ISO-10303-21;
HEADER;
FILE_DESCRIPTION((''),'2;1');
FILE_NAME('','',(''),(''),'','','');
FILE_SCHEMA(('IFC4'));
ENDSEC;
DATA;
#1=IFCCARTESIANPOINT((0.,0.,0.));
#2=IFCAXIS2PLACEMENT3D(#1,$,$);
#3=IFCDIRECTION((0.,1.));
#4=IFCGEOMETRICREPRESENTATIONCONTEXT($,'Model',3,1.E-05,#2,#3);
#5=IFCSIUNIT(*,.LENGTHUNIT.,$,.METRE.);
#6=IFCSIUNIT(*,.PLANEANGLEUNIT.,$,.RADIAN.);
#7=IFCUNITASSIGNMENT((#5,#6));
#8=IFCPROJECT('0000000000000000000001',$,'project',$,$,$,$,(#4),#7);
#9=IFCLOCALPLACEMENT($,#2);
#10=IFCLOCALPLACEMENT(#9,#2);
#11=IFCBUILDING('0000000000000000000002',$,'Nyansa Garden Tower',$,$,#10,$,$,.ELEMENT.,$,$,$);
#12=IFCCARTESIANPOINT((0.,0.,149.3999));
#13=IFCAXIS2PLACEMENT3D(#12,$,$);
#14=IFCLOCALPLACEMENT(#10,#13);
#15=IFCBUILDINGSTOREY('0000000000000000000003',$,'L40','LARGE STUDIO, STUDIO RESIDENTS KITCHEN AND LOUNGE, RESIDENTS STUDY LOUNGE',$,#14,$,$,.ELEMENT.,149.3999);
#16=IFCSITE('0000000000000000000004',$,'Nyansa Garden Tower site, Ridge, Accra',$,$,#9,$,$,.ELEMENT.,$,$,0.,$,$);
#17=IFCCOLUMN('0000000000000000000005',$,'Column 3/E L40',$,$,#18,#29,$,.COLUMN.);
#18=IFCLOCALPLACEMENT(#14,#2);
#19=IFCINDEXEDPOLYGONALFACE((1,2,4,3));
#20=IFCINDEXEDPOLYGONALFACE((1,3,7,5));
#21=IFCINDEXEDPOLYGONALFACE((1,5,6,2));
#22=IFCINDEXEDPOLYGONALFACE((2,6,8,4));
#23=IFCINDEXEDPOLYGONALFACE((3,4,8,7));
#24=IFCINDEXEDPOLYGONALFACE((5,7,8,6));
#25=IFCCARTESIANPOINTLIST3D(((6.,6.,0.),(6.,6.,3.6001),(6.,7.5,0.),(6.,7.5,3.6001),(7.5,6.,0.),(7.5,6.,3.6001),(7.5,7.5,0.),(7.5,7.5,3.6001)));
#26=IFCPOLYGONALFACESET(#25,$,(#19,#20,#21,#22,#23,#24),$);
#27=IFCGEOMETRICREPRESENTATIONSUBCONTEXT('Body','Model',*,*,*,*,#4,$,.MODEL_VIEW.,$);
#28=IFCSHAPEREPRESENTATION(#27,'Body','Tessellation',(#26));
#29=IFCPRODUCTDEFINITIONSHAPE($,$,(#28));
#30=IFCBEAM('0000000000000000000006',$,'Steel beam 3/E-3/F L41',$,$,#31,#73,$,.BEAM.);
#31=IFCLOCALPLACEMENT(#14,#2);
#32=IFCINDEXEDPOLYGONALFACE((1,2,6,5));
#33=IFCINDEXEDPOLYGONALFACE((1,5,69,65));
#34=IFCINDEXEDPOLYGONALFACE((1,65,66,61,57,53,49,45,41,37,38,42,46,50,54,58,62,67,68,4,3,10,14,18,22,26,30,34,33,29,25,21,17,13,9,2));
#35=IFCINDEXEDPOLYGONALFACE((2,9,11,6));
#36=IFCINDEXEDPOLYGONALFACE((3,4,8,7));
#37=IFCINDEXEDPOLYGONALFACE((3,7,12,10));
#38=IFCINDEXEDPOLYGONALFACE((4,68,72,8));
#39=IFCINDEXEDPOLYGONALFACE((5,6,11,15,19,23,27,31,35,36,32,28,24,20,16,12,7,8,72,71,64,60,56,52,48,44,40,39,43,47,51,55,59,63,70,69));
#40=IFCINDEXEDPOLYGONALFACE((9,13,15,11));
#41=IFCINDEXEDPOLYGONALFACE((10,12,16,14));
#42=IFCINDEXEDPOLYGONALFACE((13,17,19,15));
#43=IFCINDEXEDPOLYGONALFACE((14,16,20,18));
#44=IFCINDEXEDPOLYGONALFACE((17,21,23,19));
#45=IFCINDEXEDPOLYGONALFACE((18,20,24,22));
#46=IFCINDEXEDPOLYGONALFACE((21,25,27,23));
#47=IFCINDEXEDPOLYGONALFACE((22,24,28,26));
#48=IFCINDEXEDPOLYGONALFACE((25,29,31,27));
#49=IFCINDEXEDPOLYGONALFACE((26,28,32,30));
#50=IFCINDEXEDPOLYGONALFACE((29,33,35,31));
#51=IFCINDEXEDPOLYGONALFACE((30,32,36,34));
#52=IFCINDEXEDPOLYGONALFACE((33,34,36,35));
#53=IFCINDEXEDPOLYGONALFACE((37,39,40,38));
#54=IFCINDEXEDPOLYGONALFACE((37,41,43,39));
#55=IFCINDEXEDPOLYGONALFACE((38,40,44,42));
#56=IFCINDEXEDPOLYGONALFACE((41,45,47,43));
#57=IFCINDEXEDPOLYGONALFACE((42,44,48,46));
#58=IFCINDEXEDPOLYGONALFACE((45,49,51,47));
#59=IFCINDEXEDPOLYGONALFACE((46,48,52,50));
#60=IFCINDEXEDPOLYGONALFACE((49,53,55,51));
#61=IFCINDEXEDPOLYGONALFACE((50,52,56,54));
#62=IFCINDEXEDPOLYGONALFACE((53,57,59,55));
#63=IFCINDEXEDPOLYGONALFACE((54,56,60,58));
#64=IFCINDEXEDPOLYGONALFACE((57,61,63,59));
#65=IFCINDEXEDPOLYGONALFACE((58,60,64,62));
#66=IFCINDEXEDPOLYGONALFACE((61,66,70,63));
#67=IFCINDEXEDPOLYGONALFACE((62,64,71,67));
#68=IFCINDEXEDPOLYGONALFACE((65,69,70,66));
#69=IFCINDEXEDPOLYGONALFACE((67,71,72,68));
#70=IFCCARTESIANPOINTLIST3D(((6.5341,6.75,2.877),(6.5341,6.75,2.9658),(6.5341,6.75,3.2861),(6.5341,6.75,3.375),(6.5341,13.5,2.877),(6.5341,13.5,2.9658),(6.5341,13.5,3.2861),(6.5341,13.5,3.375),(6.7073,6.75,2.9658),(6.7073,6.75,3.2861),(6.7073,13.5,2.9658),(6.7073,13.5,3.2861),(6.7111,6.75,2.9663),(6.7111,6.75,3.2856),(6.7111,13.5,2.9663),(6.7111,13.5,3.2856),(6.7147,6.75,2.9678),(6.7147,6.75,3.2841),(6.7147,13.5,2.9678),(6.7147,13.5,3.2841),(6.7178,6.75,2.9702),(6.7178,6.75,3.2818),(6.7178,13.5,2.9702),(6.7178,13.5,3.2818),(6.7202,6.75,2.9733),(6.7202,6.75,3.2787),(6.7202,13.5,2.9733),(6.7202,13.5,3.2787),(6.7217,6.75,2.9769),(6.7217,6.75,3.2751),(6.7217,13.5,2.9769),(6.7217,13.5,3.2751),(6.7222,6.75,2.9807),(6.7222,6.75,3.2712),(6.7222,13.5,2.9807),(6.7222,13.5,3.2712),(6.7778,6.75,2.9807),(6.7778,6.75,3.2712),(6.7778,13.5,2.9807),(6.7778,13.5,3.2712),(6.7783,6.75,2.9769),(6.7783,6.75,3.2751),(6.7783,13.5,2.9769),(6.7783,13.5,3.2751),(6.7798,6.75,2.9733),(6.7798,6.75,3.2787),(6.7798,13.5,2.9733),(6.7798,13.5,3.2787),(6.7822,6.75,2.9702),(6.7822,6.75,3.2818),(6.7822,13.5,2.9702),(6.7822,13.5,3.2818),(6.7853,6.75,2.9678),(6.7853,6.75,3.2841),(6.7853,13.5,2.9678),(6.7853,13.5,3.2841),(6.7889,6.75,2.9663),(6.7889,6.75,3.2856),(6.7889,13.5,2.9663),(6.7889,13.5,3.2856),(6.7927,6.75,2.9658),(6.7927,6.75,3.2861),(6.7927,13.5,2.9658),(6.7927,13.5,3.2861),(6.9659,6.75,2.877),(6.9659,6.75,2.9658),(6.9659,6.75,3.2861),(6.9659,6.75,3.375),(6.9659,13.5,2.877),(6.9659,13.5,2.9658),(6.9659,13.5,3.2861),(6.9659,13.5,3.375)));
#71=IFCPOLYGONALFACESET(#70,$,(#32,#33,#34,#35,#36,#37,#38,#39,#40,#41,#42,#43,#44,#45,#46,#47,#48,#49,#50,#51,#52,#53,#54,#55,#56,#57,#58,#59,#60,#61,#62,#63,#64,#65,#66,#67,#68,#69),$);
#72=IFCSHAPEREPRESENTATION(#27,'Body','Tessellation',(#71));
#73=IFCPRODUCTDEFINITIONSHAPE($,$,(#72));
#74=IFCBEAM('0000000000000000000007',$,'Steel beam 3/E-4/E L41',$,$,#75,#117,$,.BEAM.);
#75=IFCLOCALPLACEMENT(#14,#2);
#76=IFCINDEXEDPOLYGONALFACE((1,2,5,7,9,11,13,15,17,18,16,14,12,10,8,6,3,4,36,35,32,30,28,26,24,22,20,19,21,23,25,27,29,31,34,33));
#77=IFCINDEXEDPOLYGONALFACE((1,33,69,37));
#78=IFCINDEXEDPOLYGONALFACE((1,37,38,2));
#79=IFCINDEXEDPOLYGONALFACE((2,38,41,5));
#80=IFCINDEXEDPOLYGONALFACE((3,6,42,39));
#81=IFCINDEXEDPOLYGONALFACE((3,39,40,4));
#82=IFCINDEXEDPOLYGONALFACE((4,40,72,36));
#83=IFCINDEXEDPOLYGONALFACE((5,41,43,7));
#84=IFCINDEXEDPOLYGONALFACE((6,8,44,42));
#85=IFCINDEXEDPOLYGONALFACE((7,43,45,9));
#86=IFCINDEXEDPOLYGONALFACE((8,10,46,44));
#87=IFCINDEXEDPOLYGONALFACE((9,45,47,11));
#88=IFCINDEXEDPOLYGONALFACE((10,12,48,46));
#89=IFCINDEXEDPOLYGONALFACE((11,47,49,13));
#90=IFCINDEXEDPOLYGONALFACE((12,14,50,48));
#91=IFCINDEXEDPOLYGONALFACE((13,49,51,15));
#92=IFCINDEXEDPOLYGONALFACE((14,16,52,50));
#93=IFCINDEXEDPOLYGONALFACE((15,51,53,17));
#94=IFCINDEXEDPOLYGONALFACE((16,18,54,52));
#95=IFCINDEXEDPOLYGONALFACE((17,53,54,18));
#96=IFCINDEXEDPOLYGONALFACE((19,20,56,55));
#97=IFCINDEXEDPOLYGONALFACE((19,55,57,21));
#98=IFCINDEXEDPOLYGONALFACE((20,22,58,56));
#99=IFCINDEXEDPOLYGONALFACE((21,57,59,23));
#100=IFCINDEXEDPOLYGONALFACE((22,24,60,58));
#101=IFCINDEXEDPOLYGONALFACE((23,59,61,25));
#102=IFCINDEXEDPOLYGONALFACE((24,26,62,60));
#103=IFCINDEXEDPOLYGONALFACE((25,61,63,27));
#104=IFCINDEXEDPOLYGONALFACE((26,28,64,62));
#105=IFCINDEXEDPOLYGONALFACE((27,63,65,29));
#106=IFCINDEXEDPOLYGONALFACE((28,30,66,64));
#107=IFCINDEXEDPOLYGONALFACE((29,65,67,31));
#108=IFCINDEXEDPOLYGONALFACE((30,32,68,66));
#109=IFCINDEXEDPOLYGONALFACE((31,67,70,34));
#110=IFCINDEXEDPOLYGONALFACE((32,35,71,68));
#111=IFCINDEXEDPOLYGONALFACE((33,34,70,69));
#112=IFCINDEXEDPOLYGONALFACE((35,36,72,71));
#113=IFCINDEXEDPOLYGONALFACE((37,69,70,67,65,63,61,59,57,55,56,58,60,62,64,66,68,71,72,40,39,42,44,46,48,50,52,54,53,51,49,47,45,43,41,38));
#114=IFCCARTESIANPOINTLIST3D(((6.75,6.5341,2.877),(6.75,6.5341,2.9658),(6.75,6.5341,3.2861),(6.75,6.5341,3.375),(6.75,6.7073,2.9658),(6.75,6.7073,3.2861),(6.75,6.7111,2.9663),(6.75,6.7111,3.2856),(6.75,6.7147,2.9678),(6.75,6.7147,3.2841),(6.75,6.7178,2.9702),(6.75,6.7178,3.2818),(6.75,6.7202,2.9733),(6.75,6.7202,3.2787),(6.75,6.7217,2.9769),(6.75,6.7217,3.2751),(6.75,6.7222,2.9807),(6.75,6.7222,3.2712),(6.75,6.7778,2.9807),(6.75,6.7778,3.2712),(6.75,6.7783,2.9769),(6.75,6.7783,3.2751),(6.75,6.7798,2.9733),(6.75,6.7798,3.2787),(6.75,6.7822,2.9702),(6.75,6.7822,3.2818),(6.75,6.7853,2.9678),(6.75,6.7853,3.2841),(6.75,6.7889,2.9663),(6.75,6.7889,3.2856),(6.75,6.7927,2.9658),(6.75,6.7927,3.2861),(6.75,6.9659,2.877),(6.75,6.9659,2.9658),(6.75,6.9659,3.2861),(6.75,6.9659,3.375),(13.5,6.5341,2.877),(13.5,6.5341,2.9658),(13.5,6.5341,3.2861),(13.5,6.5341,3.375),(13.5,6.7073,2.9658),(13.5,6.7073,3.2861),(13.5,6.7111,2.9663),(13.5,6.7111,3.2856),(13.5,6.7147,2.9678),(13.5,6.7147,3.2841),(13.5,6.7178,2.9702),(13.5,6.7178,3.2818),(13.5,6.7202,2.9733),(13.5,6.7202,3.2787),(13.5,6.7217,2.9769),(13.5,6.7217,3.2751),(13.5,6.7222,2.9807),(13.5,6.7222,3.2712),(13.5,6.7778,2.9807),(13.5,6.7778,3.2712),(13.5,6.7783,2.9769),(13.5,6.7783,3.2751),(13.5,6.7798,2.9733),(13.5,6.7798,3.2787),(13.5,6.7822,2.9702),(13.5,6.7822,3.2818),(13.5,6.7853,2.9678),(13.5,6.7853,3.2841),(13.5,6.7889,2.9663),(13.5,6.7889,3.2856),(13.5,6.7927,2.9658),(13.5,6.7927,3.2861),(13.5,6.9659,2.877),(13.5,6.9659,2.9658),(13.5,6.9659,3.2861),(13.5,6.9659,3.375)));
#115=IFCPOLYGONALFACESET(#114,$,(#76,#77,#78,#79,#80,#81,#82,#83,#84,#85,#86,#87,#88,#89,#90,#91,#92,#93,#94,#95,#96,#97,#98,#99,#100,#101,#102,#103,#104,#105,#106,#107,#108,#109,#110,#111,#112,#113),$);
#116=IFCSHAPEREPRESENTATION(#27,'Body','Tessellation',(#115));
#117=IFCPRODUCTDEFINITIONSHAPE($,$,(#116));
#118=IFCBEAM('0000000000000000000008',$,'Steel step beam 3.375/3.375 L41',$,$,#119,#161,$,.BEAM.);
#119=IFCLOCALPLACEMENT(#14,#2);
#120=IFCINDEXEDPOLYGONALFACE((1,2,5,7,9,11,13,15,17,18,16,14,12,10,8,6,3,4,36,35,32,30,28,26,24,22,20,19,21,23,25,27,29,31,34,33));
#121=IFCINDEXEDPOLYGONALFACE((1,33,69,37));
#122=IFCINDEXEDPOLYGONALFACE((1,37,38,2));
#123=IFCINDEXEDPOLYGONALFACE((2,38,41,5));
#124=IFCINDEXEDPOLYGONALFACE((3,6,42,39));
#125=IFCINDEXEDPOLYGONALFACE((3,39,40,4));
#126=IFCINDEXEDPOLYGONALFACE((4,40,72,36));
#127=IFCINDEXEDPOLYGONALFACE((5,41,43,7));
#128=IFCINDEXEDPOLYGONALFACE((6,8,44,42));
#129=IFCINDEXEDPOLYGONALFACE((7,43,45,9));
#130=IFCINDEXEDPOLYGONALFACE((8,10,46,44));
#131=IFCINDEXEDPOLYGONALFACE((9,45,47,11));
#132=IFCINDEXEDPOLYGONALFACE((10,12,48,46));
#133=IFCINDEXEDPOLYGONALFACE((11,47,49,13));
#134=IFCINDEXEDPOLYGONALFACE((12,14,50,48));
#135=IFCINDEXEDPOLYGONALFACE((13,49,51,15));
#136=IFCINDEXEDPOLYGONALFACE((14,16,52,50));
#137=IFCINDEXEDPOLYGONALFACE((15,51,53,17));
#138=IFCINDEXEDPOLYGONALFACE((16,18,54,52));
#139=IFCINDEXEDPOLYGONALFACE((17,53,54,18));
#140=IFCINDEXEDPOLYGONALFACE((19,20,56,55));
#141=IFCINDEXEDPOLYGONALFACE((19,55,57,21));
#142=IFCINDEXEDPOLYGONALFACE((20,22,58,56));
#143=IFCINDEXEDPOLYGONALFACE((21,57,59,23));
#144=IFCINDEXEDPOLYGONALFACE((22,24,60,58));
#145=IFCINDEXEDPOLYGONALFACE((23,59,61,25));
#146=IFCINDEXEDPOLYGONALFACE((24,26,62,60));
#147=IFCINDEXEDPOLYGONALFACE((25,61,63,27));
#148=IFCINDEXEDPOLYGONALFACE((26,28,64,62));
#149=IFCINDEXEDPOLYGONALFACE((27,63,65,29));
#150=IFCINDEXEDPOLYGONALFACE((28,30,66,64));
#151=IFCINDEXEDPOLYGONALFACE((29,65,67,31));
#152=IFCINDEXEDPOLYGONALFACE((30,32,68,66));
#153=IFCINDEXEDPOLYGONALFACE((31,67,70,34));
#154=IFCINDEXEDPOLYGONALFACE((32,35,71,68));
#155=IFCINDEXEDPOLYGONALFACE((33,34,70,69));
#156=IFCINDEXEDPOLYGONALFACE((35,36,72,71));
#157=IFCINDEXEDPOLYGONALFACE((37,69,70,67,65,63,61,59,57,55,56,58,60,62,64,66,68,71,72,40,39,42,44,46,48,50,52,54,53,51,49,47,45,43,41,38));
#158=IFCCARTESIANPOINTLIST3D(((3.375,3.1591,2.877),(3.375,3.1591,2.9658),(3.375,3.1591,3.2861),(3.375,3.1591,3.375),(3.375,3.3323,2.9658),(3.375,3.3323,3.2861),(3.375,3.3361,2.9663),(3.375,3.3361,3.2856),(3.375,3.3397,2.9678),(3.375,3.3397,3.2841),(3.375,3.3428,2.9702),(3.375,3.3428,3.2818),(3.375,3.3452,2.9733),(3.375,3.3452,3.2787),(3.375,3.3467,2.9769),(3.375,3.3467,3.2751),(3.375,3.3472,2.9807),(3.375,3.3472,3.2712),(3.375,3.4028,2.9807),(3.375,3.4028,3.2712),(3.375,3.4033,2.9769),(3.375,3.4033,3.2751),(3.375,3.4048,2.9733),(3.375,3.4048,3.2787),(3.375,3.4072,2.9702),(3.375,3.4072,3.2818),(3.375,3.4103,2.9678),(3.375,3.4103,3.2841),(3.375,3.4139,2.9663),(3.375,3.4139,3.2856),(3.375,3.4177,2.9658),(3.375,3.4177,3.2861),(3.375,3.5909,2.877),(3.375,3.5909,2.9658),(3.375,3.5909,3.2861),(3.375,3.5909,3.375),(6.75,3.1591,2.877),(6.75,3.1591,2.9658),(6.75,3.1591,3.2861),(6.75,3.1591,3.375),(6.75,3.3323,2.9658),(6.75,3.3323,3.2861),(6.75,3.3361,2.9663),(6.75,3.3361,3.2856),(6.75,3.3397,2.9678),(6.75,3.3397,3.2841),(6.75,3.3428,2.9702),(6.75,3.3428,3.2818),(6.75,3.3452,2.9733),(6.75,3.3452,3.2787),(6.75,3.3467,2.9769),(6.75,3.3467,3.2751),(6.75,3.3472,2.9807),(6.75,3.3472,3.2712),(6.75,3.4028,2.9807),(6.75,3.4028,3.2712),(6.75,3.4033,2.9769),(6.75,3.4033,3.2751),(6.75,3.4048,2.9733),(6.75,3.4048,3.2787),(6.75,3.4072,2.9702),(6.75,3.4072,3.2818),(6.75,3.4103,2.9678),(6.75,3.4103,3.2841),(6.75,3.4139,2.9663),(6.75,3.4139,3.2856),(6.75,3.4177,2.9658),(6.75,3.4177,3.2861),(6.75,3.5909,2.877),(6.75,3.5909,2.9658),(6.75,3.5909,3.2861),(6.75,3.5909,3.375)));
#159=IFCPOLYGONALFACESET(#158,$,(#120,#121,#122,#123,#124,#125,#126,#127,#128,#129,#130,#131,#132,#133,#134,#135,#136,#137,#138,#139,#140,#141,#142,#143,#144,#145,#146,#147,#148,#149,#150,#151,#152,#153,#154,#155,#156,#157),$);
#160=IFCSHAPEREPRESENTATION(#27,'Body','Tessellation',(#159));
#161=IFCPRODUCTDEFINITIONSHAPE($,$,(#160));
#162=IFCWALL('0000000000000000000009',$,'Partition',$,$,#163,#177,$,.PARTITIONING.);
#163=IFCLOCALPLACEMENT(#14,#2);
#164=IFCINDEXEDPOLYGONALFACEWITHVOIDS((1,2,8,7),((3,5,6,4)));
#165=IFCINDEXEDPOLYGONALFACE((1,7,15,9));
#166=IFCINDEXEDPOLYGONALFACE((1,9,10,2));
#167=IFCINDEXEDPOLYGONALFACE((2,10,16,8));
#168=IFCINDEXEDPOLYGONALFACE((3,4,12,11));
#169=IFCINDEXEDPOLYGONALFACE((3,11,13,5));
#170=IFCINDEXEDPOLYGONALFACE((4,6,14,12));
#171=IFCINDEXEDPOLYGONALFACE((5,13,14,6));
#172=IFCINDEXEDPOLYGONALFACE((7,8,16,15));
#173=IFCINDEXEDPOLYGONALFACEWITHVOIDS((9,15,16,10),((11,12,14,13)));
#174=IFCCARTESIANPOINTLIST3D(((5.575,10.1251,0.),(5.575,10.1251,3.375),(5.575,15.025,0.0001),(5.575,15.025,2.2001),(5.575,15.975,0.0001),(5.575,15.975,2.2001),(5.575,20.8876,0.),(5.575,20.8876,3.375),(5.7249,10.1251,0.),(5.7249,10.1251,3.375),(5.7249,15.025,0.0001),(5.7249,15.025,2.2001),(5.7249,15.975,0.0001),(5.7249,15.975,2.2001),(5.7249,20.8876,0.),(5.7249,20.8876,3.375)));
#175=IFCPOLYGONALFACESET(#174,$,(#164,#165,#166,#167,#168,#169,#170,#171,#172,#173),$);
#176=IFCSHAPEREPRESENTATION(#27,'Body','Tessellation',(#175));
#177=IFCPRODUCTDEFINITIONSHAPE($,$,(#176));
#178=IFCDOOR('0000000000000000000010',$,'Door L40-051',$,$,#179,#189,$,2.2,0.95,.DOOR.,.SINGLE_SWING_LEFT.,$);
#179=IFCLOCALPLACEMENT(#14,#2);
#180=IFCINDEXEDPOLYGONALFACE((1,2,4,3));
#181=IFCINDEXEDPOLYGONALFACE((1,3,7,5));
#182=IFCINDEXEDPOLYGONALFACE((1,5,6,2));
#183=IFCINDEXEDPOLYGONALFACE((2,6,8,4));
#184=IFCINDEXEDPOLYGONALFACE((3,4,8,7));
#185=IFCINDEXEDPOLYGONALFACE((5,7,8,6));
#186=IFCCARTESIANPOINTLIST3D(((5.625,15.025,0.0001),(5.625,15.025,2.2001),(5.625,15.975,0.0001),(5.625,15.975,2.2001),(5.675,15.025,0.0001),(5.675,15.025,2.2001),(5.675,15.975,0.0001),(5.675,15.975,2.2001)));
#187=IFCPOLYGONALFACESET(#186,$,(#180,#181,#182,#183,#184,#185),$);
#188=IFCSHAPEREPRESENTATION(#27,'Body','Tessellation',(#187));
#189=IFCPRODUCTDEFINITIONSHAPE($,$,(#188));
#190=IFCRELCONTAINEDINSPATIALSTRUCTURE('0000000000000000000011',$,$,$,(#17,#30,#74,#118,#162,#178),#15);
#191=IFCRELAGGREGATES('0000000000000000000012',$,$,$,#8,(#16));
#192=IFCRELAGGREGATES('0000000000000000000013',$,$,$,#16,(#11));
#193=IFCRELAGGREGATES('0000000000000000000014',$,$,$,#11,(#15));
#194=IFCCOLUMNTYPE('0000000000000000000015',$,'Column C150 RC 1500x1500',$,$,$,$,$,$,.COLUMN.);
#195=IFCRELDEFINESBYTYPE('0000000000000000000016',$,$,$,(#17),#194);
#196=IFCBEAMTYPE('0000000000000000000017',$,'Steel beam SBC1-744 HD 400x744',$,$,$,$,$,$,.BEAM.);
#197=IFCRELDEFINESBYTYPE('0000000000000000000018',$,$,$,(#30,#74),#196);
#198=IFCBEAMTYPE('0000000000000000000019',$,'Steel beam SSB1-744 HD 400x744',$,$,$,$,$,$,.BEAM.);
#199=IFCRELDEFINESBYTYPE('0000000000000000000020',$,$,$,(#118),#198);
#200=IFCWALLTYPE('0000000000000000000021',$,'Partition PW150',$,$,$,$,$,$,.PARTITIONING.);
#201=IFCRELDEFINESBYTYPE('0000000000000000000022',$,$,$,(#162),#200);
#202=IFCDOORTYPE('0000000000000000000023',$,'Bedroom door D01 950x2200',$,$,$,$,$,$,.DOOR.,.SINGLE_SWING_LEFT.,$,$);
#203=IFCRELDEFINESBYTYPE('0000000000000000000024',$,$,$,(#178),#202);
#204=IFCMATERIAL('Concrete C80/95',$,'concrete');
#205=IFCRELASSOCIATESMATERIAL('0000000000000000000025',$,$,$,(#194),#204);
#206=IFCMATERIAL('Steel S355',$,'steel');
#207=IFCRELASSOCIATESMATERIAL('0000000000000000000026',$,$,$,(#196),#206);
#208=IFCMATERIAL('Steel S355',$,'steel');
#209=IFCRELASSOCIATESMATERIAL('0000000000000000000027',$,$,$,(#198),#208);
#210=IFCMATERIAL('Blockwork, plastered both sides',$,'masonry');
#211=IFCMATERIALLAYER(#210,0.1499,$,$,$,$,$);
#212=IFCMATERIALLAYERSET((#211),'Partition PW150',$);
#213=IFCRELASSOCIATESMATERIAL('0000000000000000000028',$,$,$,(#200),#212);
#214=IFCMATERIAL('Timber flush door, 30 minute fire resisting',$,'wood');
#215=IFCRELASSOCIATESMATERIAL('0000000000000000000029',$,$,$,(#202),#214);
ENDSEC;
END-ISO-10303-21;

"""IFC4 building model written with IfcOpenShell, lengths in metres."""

from ifc_helpers import new_model, si_unit, direction, frame, frame_2d, origin, origin_2d, place, context, subcontext, project, spatial, rectangle, i_section, extrude, material, layer, layer_set, material_profile, profile_set, type_object, element, fill, save


model = new_model("IFC4")

# Units and contexts
model_context = context("Model", 3, precision=1e-05, world=origin(), true_north=direction((0.0, 1.0)))
body_context = subcontext(model_context, "Body", "Model", "MODEL_VIEW")
ifc_project = project(units=[si_unit("LENGTHUNIT", "METRE"), si_unit("PLANEANGLEUNIT", "RADIAN")], contexts=[model_context])

# Site, building, storey
site_placement = place(None, origin())
site = spatial("IfcSite", under=ifc_project, at=site_placement, Name="Nyansa Garden Tower site, Ridge, Accra", CompositionType="ELEMENT", RefElevation=0.0)
building_placement = place(site_placement, origin())
building = spatial("IfcBuilding", under=site, at=building_placement, Name="Nyansa Garden Tower", CompositionType="ELEMENT")
storey_placement = place(building_placement, frame((0.0, 0.0, 149.3999)))
storey = spatial("IfcBuildingStorey", under=building, at=storey_placement, Name="L40", Description="LARGE STUDIO, STUDIO RESIDENTS KITCHEN AND LOUNGE, RESIDENTS STUDY LOUNGE", CompositionType="ELEMENT", Elevation=149.3999)

# Column
ifc_material_1 = material(Name="Concrete C80/95", Category="concrete")
ifc_material_profile_1 = material_profile(ifc_material_1, rectangle(XDim=1.5, YDim=1.5, at=origin_2d()), Name="RC 1500x1500")
ifc_profile_set_1 = profile_set([ifc_material_profile_1], Name="Concrete C80/95")
column_type = type_object("IfcColumnType", Name="Column C150 RC 1500x1500", PredefinedType="COLUMN", material=ifc_profile_set_1)
column_placement = place(storey_placement, frame((6.75, 6.75, 0.0), z_axis=(0.0, 0.0, 1.0), x_axis=(1.0, 0.0, 0.0)))
element("IfcColumn", 1, at=column_placement, inside=storey, type_object=column_type, Name="Column 3/E L40", PredefinedType="COLUMN", context=body_context, shape_type="SweptSolid", body=[
    extrude(rectangle(XDim=1.5, YDim=1.5, at=origin_2d()), origin(), (0.0, 0.0, 1.0), 3.6001),
])

# Beams
ifc_material_2 = material(Name="Steel S355", Category="steel")
ifc_material_profile_2 = material_profile(ifc_material_2, i_section(OverallWidth=0.4319, OverallDepth=0.498, WebThickness=0.0557, FlangeThickness=0.0889, FilletRadius=0.0149, at=origin_2d()), Name="HD 400x744")
ifc_profile_set_2 = profile_set([ifc_material_profile_2], Name="Steel S355")
beam_type_1 = type_object("IfcBeamType", Name="Steel beam SBC1-744 HD 400x744", PredefinedType="BEAM", material=ifc_profile_set_2)
for number, where, z_axis, x_axis, name in (
    (2, (6.75, 6.75, 3.126), (0.0, 1.0, 0.0), (-1.0, 0.0, 0.0), "Steel beam 3/E-3/F L41"),
    (3, (6.75, 6.75, 3.126), (1.0, 0.0, 0.0), (0.0, 1.0, 0.0), "Steel beam 3/E-4/E L41"),
):
    element("IfcBeam", number, at=place(storey_placement, frame(where, z_axis=z_axis, x_axis=x_axis)), inside=storey, type_object=beam_type_1, Name=name, PredefinedType="BEAM", context=body_context, shape_type="SweptSolid", body=[
        extrude(i_section(OverallWidth=0.4319, OverallDepth=0.498, WebThickness=0.0557, FlangeThickness=0.0889, FilletRadius=0.0149, at=origin_2d()), origin(), (0.0, 0.0, 1.0), 6.75),
    ])
ifc_material_3 = material(Name="Steel S355", Category="steel")
ifc_material_profile_3 = material_profile(ifc_material_3, i_section(OverallWidth=0.4319, OverallDepth=0.498, WebThickness=0.0557, FlangeThickness=0.0889, FilletRadius=0.0149, at=origin_2d()), Name="HD 400x744")
ifc_profile_set_3 = profile_set([ifc_material_profile_3], Name="Steel S355")
beam_type_2 = type_object("IfcBeamType", Name="Steel beam SSB1-744 HD 400x744", PredefinedType="BEAM", material=ifc_profile_set_3)
beam_placement = place(storey_placement, frame((3.375, 3.375, 3.126), z_axis=(1.0, 0.0, 0.0), x_axis=(0.0, 1.0, 0.0)))
element("IfcBeam", 4, at=beam_placement, inside=storey, type_object=beam_type_2, Name="Steel step beam 3.375/3.375 L41", PredefinedType="BEAM", context=body_context, shape_type="SweptSolid", body=[
    extrude(i_section(OverallWidth=0.4319, OverallDepth=0.498, WebThickness=0.0557, FlangeThickness=0.0889, FilletRadius=0.0149, at=origin_2d()), origin(), (0.0, 0.0, 1.0), 3.375),
])

# Wall, opening, door
ifc_material_4 = material(Name="Blockwork, plastered both sides", Category="masonry")
ifc_layer_1 = layer(ifc_material_4, 0.1499)
ifc_layer_set_1 = layer_set([ifc_layer_1], Name="Partition PW150")
wall_type_1 = type_object("IfcWallType", Name="Partition PW150", PredefinedType="PARTITIONING", material=ifc_layer_set_1)
wall_1_placement = place(storey_placement, frame((5.6499, 10.125, 0.0), z_axis=(0.0, 0.0, 1.0), x_axis=(0.0, 1.0, 0.0)))
wall_1 = element("IfcWall", 5, at=wall_1_placement, inside=storey, type_object=wall_type_1, Name="Partition", PredefinedType="PARTITIONING", context=body_context, shape_type="SweptSolid", body=[
    extrude(rectangle(XDim=10.7625, YDim=0.1499, at=frame_2d((5.3813, 0.0))), origin(), (0.0, 0.0, 1.0), 3.375),
])
opening_1_placement = place(wall_1_placement, frame((4.8999, 0.0, 0.0)))
opening_1 = element("IfcOpeningElement", 6, at=opening_1_placement, cuts=wall_1, PredefinedType="OPENING", context=body_context, shape_type="SweptSolid", body=[
    extrude(rectangle(XDim=0.95, YDim=2.2, at=frame_2d((0.4751, 1.1001))), frame((0.0, 0.085, 0.0), z_axis=(0.0, -1.0, 0.0), x_axis=(1.0, 0.0, 0.0)), (0.0, 0.0, 1.0), 0.1699),
])
ifc_material_5 = material(Name="Timber flush door, 30 minute fire resisting", Category="wood")
door_type_1 = type_object("IfcDoorType", Name="Bedroom door D01 950x2200", OperationType="SINGLE_SWING_LEFT", PredefinedType="DOOR", material=ifc_material_5)
door_1_placement = place(opening_1_placement, origin())
door_1 = element("IfcDoor", 7, at=door_1_placement, inside=storey, type_object=door_type_1, Name="Door L40-051", OperationType="SINGLE_SWING_LEFT", OverallHeight=2.2, OverallWidth=0.95, PredefinedType="DOOR", context=body_context, shape_type="SweptSolid", body=[
    extrude(rectangle(XDim=0.95, YDim=2.2, at=frame_2d((0.4751, 1.1001))), frame((0.0, 0.0249, 0.0), z_axis=(0.0, -1.0, 0.0), x_axis=(1.0, 0.0, 0.0)), (0.0, 0.0, 1.0), 0.05),
])
fill(opening_1, door_1)

save(model, "model.ifc")
